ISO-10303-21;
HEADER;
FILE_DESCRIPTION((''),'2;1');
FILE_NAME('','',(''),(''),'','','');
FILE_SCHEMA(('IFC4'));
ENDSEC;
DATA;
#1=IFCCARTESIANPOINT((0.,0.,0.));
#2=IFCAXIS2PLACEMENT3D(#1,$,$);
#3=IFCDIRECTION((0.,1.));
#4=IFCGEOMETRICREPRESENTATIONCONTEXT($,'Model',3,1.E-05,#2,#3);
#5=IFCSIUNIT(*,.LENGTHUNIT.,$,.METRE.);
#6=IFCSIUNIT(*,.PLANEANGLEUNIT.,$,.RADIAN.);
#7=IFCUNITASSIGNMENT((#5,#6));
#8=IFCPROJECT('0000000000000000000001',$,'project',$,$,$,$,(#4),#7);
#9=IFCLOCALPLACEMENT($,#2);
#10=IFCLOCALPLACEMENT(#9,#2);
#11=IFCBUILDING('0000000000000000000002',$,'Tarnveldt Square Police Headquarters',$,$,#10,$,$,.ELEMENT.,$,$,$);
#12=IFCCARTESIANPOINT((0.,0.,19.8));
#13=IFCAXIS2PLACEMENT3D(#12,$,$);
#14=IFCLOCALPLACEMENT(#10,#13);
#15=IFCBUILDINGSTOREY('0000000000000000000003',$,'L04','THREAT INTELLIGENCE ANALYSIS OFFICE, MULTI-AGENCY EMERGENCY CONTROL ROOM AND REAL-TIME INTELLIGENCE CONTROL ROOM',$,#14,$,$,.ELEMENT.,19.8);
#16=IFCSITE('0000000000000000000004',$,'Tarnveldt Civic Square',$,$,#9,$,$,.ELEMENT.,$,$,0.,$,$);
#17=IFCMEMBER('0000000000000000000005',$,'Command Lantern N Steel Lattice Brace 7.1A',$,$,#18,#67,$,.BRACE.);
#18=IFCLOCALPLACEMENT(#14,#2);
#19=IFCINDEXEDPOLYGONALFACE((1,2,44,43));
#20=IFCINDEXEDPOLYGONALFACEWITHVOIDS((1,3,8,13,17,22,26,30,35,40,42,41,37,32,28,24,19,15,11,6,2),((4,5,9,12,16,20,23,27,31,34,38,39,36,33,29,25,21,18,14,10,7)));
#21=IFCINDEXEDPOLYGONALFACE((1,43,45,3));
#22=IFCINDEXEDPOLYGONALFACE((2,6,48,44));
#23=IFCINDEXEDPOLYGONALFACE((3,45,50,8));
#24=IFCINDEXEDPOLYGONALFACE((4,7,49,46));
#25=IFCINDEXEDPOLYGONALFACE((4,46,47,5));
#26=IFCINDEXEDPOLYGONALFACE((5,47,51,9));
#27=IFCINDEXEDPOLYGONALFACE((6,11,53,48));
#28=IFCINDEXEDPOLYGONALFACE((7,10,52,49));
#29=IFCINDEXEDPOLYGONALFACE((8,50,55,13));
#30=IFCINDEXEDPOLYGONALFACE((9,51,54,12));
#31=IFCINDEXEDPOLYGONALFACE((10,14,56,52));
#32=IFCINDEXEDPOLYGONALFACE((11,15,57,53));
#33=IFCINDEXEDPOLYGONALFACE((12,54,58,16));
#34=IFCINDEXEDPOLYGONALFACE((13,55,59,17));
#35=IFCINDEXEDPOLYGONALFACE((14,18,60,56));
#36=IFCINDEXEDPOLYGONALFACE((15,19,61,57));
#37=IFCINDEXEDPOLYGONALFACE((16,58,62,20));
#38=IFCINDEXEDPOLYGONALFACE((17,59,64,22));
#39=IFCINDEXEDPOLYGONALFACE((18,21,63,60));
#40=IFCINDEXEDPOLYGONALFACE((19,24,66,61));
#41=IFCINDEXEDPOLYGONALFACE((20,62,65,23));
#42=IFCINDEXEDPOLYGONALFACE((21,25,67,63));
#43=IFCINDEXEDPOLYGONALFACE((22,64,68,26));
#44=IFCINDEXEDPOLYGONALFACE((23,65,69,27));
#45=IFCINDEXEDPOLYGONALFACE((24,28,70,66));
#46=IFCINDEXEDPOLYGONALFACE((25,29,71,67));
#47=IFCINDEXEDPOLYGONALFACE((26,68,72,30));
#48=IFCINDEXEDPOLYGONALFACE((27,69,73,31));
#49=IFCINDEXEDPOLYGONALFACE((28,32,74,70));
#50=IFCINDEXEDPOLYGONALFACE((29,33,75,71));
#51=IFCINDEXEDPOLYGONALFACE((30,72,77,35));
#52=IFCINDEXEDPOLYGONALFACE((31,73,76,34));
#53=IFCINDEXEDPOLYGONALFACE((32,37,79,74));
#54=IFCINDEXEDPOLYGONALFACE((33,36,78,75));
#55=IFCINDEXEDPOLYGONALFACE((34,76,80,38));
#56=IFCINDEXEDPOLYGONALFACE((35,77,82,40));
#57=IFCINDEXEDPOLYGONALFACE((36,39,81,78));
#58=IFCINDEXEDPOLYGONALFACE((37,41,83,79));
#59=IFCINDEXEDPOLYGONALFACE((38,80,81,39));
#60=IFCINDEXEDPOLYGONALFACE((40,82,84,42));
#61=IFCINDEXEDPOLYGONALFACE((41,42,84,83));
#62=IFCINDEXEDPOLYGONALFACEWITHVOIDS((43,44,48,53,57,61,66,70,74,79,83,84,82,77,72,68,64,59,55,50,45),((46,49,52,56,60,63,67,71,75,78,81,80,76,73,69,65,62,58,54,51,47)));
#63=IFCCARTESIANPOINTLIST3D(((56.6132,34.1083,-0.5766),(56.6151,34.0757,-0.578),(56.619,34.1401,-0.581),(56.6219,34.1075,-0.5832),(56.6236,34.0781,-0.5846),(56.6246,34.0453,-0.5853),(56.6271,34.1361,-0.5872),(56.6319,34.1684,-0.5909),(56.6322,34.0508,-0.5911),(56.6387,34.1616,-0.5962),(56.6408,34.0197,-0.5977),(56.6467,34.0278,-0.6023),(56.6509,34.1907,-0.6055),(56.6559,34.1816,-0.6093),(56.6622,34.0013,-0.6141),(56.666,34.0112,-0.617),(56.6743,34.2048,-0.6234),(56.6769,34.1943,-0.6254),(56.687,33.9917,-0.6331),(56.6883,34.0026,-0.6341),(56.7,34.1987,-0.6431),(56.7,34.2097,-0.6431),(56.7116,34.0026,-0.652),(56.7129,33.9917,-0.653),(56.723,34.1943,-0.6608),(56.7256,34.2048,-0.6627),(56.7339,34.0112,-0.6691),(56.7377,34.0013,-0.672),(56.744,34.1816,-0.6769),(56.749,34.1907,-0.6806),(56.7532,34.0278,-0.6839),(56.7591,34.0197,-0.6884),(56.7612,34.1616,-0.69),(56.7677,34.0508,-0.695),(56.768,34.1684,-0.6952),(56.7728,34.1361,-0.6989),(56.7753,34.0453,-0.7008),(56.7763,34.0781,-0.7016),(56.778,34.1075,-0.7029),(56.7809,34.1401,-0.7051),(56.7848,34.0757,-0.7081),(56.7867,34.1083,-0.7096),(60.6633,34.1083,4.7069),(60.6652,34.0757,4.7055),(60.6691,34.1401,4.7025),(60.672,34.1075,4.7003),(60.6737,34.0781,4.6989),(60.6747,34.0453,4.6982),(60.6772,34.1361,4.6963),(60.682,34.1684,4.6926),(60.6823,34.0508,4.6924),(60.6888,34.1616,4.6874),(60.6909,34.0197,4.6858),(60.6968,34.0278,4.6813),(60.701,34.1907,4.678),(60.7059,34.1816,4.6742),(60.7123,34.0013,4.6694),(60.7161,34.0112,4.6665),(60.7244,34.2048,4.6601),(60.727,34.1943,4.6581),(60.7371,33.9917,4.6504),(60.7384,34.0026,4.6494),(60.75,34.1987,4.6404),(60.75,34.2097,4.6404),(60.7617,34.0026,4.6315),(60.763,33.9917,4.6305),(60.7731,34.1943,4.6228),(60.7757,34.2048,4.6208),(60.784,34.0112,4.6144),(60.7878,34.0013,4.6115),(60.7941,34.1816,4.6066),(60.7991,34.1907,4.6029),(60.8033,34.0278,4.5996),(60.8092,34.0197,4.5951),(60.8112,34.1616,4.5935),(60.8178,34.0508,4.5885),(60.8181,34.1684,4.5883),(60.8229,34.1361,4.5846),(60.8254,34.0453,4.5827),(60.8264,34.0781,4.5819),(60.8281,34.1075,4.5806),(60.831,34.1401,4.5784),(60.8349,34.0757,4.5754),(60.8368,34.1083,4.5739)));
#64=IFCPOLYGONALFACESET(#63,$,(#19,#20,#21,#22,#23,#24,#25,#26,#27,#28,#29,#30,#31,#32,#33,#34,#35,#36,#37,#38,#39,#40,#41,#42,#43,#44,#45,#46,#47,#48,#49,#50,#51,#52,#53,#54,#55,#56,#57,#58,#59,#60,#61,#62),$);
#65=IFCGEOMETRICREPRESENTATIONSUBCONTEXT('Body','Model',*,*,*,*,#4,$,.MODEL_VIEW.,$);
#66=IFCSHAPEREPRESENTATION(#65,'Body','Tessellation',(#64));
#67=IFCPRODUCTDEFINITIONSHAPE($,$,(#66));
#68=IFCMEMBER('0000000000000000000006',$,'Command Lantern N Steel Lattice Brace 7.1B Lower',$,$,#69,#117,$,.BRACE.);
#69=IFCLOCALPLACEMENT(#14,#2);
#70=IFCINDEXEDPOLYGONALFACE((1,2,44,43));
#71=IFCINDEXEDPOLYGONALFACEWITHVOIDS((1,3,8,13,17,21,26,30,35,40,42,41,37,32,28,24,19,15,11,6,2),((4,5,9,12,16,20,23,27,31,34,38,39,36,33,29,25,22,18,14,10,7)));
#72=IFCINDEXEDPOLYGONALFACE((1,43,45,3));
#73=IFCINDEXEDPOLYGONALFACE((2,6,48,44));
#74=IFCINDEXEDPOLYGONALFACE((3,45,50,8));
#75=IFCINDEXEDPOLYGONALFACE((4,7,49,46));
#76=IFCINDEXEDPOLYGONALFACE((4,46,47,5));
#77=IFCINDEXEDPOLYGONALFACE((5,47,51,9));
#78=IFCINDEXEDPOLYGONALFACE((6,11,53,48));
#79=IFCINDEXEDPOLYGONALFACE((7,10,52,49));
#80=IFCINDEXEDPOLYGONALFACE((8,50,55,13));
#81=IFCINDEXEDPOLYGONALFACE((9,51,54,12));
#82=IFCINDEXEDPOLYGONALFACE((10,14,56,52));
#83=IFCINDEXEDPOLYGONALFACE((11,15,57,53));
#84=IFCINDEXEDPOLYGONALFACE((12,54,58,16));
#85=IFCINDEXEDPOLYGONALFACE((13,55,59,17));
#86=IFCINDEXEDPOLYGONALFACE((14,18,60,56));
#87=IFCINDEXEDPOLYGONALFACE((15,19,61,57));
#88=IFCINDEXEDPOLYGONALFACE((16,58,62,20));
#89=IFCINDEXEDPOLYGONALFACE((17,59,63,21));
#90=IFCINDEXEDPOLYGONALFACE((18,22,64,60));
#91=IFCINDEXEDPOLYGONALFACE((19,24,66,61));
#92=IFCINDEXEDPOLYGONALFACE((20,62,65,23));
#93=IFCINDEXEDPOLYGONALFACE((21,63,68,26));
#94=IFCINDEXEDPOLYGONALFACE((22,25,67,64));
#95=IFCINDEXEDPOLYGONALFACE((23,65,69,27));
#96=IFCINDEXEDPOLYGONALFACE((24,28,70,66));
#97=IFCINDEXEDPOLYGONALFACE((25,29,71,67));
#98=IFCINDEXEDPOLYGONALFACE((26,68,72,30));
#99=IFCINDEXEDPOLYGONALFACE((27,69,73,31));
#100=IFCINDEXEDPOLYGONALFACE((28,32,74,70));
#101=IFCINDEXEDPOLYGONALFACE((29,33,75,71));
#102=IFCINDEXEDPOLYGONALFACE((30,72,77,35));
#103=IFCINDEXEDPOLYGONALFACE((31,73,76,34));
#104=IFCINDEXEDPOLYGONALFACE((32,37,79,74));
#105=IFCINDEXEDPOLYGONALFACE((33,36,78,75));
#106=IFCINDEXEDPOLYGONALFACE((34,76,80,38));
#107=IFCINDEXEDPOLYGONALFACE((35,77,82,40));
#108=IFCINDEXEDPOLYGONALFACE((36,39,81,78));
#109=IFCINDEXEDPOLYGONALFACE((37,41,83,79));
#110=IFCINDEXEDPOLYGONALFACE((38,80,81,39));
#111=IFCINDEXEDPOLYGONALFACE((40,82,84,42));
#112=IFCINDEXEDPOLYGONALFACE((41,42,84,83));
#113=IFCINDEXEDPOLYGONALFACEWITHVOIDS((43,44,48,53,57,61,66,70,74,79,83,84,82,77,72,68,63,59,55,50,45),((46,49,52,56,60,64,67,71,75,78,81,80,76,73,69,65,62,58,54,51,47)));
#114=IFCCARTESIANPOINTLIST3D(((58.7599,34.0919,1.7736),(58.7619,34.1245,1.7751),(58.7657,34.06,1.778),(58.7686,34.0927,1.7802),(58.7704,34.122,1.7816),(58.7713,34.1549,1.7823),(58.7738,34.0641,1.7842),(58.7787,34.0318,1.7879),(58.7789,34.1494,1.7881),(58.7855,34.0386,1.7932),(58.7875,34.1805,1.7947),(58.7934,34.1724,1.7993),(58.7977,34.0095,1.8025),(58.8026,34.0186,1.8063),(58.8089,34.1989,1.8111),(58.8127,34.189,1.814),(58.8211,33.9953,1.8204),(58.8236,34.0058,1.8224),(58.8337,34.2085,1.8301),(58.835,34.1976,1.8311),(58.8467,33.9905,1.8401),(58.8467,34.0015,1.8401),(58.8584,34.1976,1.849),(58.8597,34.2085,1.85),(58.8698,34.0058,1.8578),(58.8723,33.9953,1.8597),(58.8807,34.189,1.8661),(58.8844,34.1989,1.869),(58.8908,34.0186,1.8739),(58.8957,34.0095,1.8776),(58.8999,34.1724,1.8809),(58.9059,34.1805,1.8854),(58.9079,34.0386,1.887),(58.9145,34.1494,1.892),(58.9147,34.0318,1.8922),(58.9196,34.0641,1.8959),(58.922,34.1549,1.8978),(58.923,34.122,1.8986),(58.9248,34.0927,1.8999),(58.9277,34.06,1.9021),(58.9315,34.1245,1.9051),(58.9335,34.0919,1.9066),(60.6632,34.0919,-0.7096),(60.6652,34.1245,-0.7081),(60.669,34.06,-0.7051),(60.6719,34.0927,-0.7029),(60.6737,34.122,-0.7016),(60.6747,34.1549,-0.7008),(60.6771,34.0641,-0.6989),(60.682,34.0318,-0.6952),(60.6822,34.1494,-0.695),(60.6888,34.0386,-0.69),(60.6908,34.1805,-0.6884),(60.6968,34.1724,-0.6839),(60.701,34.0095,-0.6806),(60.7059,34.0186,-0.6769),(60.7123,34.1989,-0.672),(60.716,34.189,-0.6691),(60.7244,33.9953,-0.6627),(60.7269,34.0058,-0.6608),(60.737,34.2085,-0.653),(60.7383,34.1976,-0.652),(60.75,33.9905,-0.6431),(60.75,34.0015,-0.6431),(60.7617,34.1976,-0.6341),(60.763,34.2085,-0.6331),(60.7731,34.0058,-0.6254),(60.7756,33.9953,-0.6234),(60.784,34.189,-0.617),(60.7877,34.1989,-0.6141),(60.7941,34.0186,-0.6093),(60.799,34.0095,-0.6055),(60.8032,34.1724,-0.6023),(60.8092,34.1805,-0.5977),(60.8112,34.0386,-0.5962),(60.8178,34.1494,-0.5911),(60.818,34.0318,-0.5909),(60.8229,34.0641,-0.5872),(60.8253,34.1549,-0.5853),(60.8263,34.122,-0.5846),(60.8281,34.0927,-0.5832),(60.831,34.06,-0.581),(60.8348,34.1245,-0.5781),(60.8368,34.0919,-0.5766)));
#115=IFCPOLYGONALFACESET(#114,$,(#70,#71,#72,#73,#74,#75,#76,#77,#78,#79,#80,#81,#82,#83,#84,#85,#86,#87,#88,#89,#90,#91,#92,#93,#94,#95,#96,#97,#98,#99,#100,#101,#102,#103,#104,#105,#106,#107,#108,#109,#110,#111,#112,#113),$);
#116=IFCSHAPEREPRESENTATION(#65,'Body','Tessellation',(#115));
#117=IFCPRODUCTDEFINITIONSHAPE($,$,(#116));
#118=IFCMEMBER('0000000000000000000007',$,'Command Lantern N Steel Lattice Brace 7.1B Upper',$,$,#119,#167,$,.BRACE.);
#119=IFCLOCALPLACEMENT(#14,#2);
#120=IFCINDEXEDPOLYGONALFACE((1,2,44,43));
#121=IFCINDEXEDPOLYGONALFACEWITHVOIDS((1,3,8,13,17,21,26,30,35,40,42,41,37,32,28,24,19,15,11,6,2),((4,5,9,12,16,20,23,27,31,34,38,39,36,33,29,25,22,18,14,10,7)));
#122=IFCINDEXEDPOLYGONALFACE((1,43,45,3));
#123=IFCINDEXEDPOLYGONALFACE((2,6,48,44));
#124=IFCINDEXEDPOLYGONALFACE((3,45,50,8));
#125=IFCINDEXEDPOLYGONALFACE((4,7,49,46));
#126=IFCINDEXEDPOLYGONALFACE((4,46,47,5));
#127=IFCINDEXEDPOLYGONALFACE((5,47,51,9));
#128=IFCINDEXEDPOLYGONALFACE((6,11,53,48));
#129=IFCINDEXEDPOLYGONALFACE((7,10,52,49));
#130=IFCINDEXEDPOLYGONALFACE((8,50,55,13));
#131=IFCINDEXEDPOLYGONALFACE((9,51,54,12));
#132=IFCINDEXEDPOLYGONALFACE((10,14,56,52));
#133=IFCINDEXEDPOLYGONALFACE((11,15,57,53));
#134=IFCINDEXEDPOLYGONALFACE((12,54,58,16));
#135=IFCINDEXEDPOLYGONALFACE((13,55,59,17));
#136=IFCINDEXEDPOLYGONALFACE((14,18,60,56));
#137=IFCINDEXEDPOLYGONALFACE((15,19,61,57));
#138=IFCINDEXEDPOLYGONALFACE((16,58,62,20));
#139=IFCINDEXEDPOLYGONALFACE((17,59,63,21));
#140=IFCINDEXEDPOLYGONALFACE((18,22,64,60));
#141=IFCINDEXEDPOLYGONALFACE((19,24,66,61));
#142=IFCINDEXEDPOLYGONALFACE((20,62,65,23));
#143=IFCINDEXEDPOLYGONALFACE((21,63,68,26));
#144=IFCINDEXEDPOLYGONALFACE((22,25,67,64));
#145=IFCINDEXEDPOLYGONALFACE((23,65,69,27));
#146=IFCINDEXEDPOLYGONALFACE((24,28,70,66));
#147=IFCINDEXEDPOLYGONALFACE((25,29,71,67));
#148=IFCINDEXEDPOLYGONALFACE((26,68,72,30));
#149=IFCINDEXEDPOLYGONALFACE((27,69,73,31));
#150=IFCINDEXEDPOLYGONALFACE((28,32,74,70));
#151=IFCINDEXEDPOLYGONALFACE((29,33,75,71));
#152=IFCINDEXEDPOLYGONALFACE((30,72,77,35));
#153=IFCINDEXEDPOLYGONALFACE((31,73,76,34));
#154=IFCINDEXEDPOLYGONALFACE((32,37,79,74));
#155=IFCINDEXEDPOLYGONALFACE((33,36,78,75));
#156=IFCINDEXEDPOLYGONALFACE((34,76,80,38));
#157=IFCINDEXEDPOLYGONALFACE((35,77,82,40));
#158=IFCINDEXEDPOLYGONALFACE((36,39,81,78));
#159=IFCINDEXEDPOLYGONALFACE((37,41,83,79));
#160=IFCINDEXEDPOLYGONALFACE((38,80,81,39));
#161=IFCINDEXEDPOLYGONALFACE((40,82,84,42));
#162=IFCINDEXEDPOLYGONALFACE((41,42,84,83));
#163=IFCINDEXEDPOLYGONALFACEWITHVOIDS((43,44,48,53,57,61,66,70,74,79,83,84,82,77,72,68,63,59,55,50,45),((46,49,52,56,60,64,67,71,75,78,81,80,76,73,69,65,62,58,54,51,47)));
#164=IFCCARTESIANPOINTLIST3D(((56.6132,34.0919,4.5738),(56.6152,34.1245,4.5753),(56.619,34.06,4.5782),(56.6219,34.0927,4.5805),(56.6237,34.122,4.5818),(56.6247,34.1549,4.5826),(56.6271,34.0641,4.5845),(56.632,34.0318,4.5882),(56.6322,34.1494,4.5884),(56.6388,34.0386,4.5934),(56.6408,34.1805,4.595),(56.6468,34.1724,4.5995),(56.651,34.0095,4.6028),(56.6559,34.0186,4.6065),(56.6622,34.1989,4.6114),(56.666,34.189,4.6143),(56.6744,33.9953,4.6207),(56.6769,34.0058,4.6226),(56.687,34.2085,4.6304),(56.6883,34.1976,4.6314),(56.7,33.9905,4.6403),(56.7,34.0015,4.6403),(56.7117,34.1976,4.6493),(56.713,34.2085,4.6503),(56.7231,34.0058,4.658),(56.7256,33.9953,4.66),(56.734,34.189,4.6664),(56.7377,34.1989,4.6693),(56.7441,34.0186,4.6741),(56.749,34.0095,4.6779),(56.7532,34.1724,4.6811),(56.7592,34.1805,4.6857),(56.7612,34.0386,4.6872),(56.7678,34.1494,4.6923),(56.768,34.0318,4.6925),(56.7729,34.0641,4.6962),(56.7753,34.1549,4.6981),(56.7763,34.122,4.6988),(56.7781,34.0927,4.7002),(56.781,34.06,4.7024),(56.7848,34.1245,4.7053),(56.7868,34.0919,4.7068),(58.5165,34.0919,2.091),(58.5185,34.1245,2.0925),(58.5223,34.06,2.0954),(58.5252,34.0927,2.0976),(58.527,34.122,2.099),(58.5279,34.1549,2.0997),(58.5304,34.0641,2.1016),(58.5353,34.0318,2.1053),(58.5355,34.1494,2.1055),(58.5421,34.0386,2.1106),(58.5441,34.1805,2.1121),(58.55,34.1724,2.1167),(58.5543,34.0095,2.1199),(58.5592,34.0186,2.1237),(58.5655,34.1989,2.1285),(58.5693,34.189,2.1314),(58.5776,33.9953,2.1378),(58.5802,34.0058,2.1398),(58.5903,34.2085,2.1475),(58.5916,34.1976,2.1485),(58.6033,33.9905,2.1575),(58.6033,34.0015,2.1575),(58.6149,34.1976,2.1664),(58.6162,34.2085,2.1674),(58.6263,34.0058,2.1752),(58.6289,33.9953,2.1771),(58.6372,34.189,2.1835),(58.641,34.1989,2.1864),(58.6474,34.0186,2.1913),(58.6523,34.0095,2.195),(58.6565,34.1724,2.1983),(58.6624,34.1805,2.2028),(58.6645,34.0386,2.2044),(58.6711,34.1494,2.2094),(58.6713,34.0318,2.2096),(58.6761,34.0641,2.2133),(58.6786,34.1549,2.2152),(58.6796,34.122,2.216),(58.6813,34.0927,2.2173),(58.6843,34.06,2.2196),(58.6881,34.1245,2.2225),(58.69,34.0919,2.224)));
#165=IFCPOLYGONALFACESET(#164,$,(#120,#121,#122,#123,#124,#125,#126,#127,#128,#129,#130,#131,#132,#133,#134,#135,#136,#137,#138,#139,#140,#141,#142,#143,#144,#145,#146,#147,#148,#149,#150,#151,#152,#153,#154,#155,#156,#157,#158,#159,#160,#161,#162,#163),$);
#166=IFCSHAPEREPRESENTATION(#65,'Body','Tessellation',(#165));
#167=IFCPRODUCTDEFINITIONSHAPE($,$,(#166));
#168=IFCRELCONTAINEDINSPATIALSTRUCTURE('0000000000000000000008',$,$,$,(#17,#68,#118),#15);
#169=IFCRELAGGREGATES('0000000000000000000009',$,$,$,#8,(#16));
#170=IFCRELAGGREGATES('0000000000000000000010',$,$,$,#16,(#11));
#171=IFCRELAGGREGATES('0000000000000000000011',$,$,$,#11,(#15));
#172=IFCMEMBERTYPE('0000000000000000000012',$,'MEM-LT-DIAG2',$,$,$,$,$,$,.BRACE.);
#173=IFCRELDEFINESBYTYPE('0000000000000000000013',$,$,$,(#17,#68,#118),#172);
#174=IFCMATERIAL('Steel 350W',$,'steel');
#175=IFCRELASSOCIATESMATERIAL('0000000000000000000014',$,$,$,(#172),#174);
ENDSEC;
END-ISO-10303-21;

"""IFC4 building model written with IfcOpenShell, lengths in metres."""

from ifc_helpers import new_model, si_unit, direction, frame, origin, origin_2d, place, context, subcontext, project, spatial, hollow_circle, extrude, material, material_profile, profile_set, type_object, element, save


model = new_model("IFC4")

# Units and contexts
model_context = context("Model", 3, precision=1e-05, world=origin(), true_north=direction((0.0, 1.0)))
body_context = subcontext(model_context, "Body", "Model", "MODEL_VIEW")
ifc_project = project(units=[si_unit("LENGTHUNIT", "METRE"), si_unit("PLANEANGLEUNIT", "RADIAN")], contexts=[model_context])

# Site, building, storey
site_placement = place(None, origin())
site = spatial("IfcSite", under=ifc_project, at=site_placement, Name="Tarnveldt Civic Square", CompositionType="ELEMENT", RefElevation=0.0)
building_placement = place(site_placement, origin())
building = spatial("IfcBuilding", under=site, at=building_placement, Name="Tarnveldt Square Police Headquarters", CompositionType="ELEMENT")
storey_placement = place(building_placement, frame((0.0, 0.0, 19.8)))
storey = spatial("IfcBuildingStorey", under=building, at=storey_placement, Name="L04", Description="THREAT INTELLIGENCE ANALYSIS OFFICE, MULTI-AGENCY EMERGENCY CONTROL ROOM AND REAL-TIME INTELLIGENCE CONTROL ROOM", CompositionType="ELEMENT", Elevation=19.8)

# Shared definitions
ifc_material_1 = material(Name="Steel 350W", Category="steel")

# Members
ifc_material_profile_1 = material_profile(ifc_material_1, hollow_circle(Radius=0.1096, WallThickness=0.011, at=origin_2d()), Name="HSS219x11")
ifc_profile_set_1 = profile_set([ifc_material_profile_1], Name="Steel 350W")
member_type_1 = type_object("IfcMemberType", Name="MEM-LT-DIAG2", PredefinedType="BRACE", material=ifc_profile_set_1)
member_1_placement = place(storey_placement, frame((56.7, 34.1001, -0.6431), z_axis=(0.608375, 0.0, 0.793649), x_axis=(0.0, 1.0, 0.0)))
element("IfcMember", 1, at=member_1_placement, inside=storey, type_object=member_type_1, Name="Command Lantern N Steel Lattice Brace 7.1A", PredefinedType="BRACE", context=body_context, shape_type="SweptSolid", body=[
    extrude(hollow_circle(Radius=0.1096, WallThickness=0.011, at=origin_2d()), origin(), (0.0, 0.0, 1.0), 6.6572),
])
member_2_placement = place(storey_placement, frame((60.75, 34.1001, -0.6431), z_axis=(-0.608345, 0.0, 0.793673), x_axis=(0.0, -1.0, 0.0)))
element("IfcMember", 2, at=member_2_placement, inside=storey, type_object=member_type_1, Name="Command Lantern N Steel Lattice Brace 7.1B Lower", PredefinedType="BRACE", context=body_context, shape_type="SweptSolid", body=[
    extrude(hollow_circle(Radius=0.1096, WallThickness=0.011, at=origin_2d()), origin(), (0.0, 0.0, 1.0), 3.1287),
])
member_3_placement = place(storey_placement, frame((58.6033, 34.1001, 2.1575), z_axis=(-0.608382, 0.0, 0.793644), x_axis=(0.0, -1.0, 0.0)))
element("IfcMember", 3, at=member_3_placement, inside=storey, type_object=member_type_1, Name="Command Lantern N Steel Lattice Brace 7.1B Upper", PredefinedType="BRACE", context=body_context, shape_type="SweptSolid", body=[
    extrude(hollow_circle(Radius=0.1096, WallThickness=0.011, at=origin_2d()), origin(), (0.0, 0.0, 1.0), 3.1284),
])

save(model, "model.ifc")
